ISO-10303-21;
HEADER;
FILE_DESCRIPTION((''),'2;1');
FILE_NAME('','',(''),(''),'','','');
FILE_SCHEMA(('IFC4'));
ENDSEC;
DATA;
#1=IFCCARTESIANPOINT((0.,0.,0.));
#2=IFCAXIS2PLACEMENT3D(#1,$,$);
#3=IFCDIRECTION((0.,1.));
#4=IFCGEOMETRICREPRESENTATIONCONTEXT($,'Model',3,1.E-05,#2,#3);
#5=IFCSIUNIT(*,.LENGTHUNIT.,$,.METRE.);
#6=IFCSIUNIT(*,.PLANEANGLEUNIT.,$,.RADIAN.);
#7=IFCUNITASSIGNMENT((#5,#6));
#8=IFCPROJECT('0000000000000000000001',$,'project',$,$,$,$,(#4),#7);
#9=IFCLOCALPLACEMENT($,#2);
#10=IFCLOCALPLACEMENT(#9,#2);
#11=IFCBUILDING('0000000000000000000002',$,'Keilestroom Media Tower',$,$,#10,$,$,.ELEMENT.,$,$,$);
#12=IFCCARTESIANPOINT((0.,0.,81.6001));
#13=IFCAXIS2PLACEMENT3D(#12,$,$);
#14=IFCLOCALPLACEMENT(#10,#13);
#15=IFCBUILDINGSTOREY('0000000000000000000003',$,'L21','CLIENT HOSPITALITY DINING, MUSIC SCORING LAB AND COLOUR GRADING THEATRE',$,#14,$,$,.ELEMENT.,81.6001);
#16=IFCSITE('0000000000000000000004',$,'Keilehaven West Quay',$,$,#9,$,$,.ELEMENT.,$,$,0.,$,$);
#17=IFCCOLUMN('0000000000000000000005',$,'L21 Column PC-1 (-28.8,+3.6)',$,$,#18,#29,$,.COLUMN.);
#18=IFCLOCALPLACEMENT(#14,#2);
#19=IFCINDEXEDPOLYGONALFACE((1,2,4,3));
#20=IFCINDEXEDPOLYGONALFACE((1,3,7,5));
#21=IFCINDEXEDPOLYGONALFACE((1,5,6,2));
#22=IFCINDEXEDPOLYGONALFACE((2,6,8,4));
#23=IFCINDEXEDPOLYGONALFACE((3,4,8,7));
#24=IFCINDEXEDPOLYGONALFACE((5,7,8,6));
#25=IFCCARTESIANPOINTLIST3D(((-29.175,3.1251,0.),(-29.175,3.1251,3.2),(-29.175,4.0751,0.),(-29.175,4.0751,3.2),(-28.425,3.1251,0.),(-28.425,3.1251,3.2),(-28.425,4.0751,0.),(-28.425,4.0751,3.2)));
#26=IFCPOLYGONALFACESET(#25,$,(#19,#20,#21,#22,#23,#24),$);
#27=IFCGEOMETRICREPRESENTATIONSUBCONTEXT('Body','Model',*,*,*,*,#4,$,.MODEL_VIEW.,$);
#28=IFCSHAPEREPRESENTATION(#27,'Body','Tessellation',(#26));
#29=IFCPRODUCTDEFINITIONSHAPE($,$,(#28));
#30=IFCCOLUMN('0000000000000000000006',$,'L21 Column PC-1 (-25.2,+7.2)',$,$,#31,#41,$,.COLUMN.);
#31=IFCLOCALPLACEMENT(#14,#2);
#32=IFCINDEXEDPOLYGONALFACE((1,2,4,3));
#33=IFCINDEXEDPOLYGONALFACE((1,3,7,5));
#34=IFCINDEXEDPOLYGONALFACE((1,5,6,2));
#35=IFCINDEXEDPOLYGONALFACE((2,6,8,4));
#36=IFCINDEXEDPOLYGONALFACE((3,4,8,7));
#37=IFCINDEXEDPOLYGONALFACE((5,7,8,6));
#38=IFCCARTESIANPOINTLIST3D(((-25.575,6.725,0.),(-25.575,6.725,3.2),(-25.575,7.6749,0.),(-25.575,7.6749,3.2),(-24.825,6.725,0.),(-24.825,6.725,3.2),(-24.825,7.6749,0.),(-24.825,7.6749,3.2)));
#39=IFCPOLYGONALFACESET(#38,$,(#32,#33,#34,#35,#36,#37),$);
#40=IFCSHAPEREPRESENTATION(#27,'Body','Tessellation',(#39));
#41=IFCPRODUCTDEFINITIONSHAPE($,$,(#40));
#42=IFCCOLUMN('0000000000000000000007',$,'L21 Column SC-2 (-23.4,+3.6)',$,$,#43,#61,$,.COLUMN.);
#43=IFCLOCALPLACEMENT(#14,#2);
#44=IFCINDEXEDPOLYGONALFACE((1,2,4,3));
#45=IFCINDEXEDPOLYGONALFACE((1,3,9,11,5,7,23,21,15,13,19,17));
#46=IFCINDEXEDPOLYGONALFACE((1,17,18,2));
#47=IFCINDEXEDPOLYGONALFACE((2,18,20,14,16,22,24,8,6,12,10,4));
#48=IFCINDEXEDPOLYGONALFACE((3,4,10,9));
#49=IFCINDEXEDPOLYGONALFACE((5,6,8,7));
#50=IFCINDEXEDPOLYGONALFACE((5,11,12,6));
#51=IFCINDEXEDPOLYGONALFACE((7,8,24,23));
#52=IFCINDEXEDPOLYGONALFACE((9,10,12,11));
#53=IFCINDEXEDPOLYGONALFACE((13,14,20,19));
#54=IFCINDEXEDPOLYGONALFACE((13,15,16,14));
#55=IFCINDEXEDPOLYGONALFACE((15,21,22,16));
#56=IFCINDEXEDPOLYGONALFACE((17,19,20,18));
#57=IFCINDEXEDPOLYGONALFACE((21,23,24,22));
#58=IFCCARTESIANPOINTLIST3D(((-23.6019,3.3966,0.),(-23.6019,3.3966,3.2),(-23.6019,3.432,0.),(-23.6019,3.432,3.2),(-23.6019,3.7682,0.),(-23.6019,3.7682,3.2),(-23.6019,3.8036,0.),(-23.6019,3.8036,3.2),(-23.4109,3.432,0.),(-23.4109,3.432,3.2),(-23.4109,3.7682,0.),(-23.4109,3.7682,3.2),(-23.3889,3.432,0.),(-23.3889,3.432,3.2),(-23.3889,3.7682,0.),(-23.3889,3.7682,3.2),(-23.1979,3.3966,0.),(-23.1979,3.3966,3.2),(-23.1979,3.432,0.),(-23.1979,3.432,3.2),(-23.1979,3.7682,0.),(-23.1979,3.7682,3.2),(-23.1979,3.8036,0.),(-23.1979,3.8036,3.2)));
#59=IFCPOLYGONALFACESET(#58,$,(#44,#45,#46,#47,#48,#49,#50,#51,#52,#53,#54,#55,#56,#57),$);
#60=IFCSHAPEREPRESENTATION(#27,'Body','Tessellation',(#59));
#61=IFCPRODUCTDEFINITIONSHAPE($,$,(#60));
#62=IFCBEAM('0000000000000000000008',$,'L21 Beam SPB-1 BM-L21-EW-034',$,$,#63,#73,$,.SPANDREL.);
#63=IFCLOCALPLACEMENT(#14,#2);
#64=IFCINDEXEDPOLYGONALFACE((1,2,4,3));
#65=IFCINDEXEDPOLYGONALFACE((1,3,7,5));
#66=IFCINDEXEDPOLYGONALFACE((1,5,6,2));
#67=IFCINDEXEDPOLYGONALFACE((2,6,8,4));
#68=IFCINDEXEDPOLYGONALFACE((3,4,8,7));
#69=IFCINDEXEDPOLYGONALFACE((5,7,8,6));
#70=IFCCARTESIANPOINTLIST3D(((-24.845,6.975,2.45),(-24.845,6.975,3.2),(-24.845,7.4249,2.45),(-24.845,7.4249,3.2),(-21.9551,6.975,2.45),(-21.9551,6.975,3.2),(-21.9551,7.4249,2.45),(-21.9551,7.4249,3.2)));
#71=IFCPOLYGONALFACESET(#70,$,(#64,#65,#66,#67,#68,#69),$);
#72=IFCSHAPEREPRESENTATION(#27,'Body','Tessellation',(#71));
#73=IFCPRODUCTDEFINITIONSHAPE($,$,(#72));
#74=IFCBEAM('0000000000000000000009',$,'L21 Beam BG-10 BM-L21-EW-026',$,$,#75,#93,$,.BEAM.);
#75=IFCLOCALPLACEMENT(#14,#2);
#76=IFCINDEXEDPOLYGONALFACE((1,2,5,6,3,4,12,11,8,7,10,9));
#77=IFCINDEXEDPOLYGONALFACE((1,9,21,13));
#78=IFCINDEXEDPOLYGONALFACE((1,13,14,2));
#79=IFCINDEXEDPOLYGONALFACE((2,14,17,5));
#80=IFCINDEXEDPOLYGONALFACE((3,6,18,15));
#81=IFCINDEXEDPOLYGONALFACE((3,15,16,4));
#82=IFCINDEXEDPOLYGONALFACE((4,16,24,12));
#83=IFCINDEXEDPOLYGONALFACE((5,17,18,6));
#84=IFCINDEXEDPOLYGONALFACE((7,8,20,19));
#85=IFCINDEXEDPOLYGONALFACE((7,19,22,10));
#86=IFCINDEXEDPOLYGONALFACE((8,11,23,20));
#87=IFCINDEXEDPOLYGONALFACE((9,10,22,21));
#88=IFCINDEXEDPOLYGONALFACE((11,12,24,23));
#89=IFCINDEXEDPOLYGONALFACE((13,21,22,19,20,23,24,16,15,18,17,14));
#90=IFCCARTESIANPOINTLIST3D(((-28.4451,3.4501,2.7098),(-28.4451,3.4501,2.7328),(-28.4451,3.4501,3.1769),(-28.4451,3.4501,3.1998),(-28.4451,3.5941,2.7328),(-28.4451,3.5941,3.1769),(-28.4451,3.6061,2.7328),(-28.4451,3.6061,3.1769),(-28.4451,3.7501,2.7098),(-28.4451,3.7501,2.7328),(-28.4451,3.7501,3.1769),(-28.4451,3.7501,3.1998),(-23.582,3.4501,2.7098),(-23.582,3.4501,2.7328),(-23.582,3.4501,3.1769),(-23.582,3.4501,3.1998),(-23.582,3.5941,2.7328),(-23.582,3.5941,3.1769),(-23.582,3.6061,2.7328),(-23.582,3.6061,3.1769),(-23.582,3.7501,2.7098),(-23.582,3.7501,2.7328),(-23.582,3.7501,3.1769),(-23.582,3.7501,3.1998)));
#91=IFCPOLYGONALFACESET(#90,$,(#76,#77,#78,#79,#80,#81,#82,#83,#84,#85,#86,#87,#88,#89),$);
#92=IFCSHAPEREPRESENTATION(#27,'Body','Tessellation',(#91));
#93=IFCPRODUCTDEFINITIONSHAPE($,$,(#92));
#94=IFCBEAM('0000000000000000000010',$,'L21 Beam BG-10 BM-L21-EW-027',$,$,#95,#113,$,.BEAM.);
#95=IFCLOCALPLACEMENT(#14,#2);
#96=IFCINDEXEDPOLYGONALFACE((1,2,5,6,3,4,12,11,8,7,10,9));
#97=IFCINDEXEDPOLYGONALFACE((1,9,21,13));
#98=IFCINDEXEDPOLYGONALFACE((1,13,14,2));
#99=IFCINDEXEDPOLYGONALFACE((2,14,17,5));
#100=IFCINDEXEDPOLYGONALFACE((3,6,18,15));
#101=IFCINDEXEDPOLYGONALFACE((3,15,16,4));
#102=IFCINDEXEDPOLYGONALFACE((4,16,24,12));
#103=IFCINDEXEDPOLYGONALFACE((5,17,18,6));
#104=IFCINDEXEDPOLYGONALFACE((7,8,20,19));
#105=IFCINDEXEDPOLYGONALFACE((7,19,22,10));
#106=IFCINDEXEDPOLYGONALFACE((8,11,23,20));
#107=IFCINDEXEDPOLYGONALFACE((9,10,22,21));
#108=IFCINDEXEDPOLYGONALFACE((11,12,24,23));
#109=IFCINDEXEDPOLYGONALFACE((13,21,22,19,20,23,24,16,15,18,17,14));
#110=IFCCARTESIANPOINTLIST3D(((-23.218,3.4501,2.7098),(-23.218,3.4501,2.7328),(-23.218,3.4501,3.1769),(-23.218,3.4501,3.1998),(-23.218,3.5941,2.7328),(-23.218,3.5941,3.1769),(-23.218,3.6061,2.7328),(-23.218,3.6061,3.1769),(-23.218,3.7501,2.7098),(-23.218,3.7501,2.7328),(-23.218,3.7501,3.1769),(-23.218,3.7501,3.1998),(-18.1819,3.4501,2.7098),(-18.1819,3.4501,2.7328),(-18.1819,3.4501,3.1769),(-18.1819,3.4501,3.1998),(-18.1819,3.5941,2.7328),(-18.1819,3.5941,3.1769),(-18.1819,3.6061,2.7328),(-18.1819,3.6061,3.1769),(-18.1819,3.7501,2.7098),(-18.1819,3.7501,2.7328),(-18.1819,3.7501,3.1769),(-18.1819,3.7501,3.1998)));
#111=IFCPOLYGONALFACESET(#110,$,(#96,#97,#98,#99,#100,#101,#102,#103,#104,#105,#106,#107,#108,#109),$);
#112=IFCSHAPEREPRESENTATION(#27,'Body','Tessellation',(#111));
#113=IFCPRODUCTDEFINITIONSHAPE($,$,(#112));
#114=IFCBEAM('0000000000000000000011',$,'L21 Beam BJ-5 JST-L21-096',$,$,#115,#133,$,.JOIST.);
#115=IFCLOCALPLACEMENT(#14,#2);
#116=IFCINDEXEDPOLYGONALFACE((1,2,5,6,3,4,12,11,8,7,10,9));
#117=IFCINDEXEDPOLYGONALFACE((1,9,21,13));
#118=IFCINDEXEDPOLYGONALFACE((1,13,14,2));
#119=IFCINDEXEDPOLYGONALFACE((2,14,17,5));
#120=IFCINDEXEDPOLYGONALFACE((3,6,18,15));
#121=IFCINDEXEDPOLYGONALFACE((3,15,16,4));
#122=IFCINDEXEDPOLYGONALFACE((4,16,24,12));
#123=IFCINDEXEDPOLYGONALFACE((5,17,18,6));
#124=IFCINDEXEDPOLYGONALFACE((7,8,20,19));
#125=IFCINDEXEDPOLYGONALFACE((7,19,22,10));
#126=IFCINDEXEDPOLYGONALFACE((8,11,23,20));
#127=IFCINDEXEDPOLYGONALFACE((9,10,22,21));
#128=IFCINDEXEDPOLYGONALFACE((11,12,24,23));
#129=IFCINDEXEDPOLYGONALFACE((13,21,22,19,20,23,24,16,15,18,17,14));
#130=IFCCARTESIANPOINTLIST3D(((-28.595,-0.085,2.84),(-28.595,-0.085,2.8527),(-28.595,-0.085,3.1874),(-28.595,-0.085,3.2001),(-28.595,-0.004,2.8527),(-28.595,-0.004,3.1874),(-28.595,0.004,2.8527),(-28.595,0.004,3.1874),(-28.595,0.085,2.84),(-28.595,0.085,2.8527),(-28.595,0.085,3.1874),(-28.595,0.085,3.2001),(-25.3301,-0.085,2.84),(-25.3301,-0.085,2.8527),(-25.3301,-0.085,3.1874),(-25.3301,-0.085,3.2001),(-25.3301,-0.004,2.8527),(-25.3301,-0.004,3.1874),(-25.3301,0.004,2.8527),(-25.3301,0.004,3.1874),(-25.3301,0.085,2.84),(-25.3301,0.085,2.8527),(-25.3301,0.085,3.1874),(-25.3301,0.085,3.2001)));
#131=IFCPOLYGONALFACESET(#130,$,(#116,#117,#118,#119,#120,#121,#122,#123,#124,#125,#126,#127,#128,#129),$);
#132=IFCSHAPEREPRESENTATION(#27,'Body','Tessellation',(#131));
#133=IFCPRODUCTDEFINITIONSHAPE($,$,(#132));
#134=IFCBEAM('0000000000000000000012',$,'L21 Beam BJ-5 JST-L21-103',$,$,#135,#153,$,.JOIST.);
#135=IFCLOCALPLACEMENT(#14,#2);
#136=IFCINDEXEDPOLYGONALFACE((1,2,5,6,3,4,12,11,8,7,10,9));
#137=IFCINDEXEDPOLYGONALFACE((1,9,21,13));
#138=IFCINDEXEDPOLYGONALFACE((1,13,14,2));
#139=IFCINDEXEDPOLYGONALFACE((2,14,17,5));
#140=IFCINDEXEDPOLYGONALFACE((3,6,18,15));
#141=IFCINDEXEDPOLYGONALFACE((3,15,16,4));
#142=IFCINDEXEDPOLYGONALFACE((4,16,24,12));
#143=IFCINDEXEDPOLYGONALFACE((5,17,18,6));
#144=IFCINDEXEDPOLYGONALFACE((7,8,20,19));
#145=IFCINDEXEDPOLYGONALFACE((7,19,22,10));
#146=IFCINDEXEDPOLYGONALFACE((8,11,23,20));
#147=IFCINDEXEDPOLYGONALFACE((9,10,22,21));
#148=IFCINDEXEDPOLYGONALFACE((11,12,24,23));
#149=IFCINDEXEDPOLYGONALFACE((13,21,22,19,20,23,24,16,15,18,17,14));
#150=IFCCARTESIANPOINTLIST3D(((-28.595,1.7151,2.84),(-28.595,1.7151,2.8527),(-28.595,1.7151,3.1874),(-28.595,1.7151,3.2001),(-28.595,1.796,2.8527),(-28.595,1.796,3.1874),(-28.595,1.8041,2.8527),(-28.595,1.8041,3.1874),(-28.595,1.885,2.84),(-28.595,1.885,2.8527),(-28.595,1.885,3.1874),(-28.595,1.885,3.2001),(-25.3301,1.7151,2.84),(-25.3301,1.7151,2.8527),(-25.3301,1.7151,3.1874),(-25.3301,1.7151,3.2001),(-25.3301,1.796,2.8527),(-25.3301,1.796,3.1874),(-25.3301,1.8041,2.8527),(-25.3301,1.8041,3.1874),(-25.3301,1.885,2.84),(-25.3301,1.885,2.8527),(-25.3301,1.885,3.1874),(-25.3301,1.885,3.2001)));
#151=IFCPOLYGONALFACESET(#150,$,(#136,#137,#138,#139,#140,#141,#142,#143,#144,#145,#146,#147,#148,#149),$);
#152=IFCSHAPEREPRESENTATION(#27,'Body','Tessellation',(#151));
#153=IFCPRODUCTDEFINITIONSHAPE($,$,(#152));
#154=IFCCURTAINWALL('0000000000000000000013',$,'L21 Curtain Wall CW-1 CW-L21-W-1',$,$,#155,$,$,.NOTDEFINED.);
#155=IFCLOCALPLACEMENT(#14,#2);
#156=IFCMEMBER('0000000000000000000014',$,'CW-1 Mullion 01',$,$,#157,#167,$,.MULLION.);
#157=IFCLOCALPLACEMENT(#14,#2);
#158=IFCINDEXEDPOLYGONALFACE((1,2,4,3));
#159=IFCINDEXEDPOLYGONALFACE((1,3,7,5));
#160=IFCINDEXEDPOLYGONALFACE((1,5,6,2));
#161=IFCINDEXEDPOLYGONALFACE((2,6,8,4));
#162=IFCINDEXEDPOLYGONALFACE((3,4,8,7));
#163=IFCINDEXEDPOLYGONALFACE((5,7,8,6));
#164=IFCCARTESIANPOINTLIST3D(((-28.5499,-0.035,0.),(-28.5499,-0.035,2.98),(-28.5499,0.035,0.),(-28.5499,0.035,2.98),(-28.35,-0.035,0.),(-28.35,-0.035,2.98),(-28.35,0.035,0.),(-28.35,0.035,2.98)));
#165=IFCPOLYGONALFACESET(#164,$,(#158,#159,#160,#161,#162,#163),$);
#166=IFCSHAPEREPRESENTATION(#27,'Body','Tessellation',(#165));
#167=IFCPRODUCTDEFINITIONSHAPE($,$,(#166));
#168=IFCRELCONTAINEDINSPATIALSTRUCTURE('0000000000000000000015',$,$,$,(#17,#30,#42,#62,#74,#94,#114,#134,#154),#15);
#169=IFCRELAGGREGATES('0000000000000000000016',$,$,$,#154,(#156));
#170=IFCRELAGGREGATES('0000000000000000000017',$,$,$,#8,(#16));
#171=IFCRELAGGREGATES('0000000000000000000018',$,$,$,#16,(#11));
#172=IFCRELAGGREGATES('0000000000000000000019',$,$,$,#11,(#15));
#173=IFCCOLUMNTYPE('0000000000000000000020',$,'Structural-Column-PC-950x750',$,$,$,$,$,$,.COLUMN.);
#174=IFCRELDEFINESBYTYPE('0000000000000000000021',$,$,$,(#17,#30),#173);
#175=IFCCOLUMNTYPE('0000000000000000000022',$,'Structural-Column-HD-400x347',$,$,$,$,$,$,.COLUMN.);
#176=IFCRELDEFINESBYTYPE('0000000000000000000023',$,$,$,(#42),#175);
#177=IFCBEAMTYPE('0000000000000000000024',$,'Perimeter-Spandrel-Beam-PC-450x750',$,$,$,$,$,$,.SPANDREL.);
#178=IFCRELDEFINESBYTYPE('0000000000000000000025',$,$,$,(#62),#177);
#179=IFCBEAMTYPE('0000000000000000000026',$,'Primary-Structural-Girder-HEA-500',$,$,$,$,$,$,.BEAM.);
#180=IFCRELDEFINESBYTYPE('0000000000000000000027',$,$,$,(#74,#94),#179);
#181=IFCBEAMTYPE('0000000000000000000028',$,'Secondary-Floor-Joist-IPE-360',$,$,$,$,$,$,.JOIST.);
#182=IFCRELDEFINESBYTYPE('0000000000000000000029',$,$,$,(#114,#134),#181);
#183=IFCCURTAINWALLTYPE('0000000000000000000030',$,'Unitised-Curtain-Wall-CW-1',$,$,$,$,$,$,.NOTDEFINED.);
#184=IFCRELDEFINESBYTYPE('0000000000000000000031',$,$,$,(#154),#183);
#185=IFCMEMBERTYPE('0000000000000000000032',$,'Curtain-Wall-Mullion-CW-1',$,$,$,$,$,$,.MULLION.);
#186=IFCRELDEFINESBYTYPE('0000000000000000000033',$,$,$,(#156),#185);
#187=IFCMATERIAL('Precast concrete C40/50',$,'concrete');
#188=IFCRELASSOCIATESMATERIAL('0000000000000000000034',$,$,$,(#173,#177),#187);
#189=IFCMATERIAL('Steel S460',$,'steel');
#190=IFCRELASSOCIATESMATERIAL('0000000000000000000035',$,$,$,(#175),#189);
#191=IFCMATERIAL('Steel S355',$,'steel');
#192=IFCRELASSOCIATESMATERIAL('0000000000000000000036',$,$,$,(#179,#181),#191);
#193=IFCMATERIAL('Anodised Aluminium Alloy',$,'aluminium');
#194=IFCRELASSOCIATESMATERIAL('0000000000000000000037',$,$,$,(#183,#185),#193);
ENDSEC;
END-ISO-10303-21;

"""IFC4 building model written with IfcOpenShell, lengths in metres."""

from ifc_helpers import new_model, si_unit, direction, frame, origin, origin_2d, place, context, subcontext, project, spatial, rectangle, i_section, extrude, source, transform, mapped, material, material_profile, profile_set, type_object, element, aggregate, save


model = new_model("IFC4")

# Units and contexts
model_context = context("Model", 3, precision=1e-05, world=origin(), true_north=direction((0.0, 1.0)))
body_context = subcontext(model_context, "Body", "Model", "MODEL_VIEW")
ifc_project = project(units=[si_unit("LENGTHUNIT", "METRE"), si_unit("PLANEANGLEUNIT", "RADIAN")], contexts=[model_context])

# Site, building, storey
site_placement = place(None, origin())
site = spatial("IfcSite", under=ifc_project, at=site_placement, Name="Keilehaven West Quay", CompositionType="ELEMENT", RefElevation=0.0)
building_placement = place(site_placement, origin())
building = spatial("IfcBuilding", under=site, at=building_placement, Name="Keilestroom Media Tower", CompositionType="ELEMENT")
storey_placement = place(building_placement, frame((0.0, 0.0, 81.6001)))
storey = spatial("IfcBuildingStorey", under=building, at=storey_placement, Name="L21", Description="CLIENT HOSPITALITY DINING, MUSIC SCORING LAB AND COLOUR GRADING THEATRE", CompositionType="ELEMENT", Elevation=81.6001)

# Columns
ifc_material_1 = material(Name="Precast concrete C40/50", Category="concrete")
ifc_material_profile_1 = material_profile(ifc_material_1, rectangle(XDim=0.75, YDim=0.95, at=origin_2d()), Name="PC 950x750")
ifc_profile_set_1 = profile_set([ifc_material_profile_1], Name="Precast concrete C40/50")
column_type_1 = type_object("IfcColumnType", Name="Structural-Column-PC-950x750", PredefinedType="COLUMN", material=ifc_profile_set_1)
shared_shape_1 = source(origin(), body_context, "Body", "SweptSolid", [
    extrude(rectangle(XDim=0.75, YDim=0.95, at=origin_2d()), origin(), (0.0, 0.0, 1.0), 3.2),
])
for number, where, z_axis, x_axis, name in (
    (1, (-28.8, 3.6001, 0.0), (0.0, 0.0, 1.0), (1.0, 0.0, 0.0), "L21 Column PC-1 (-28.8,+3.6)"),
    (2, (-25.2, 7.2, 0.0), (0.0, 0.0, 1.0), (1.0, 0.0, 0.0), "L21 Column PC-1 (-25.2,+7.2)"),
):
    element("IfcColumn", number, at=place(storey_placement, frame(where, z_axis=z_axis, x_axis=x_axis)), inside=storey, type_object=column_type_1, Name=name, PredefinedType="COLUMN", context=body_context, shape_type="MappedRepresentation", body=[
        mapped(shared_shape_1, transform((0.0, 0.0, 0.0), x_axis=(1.0, 0.0, 0.0), y_axis=(0.0, 1.0, 0.0), z_axis=(0.0, 0.0, 1.0), scale=1.0)),
    ])
ifc_material_2 = material(Name="Steel S460", Category="steel")
ifc_material_profile_2 = material_profile(ifc_material_2, i_section(OverallWidth=0.4041, OverallDepth=0.407, WebThickness=0.022, FlangeThickness=0.0354, at=origin_2d()), Name="HD 400x347")
ifc_profile_set_2 = profile_set([ifc_material_profile_2], Name="Steel S460")
column_type_2 = type_object("IfcColumnType", Name="Structural-Column-HD-400x347", PredefinedType="COLUMN", material=ifc_profile_set_2)
shared_shape_2 = source(origin(), body_context, "Body", "SweptSolid", [
    extrude(i_section(OverallWidth=0.4041, OverallDepth=0.407, WebThickness=0.022, FlangeThickness=0.0354, at=origin_2d()), origin(), (0.0, 0.0, 1.0), 3.2),
])
column_placement = place(storey_placement, frame((-23.3999, 3.6001, 0.0), z_axis=(0.0, 0.0, 1.0), x_axis=(1.0, 0.0, 0.0)))
element("IfcColumn", 3, at=column_placement, inside=storey, type_object=column_type_2, Name="L21 Column SC-2 (-23.4,+3.6)", PredefinedType="COLUMN", context=body_context, shape_type="MappedRepresentation", body=[
    mapped(shared_shape_2, transform((0.0, 0.0, 0.0), x_axis=(1.0, 0.0, 0.0), y_axis=(0.0, 1.0, 0.0), z_axis=(0.0, 0.0, 1.0), scale=1.0)),
])

# Beams
ifc_material_profile_3 = material_profile(ifc_material_1, rectangle(XDim=0.45, YDim=0.75, at=origin_2d()), Name="PC 450x750")
ifc_profile_set_3 = profile_set([ifc_material_profile_3], Name="Precast concrete C40/50")
beam_type_1 = type_object("IfcBeamType", Name="Perimeter-Spandrel-Beam-PC-450x750", PredefinedType="SPANDREL", material=ifc_profile_set_3)
shared_shape_3 = source(origin(), body_context, "Body", "SweptSolid", [
    extrude(rectangle(XDim=0.45, YDim=0.75, at=origin_2d()), origin(), (0.0, 0.0, 1.0), 2.8899),
])
beam_1_placement = place(storey_placement, frame((-24.845, 7.2, 2.825), z_axis=(1.0, 0.0, 0.0), x_axis=(0.0, 1.0, 0.0)))
element("IfcBeam", 4, at=beam_1_placement, inside=storey, type_object=beam_type_1, Name="L21 Beam SPB-1 BM-L21-EW-034", PredefinedType="SPANDREL", context=body_context, shape_type="MappedRepresentation", body=[
    mapped(shared_shape_3, transform((0.0, 0.0, 0.0), x_axis=(1.0, 0.0, 0.0), y_axis=(0.0, 1.0, 0.0), z_axis=(0.0, 0.0, 1.0), scale=1.0)),
])
ifc_material_3 = material(Name="Steel S355", Category="steel")
ifc_material_profile_4 = material_profile(ifc_material_3, i_section(OverallWidth=0.3, OverallDepth=0.49, WebThickness=0.012, FlangeThickness=0.0229, at=origin_2d()), Name="HEA 500")
ifc_profile_set_4 = profile_set([ifc_material_profile_4], Name="Steel S355")
beam_type_2 = type_object("IfcBeamType", Name="Primary-Structural-Girder-HEA-500", PredefinedType="BEAM", material=ifc_profile_set_4)
shared_shape_4 = source(origin(), body_context, "Body", "SweptSolid", [
    extrude(i_section(OverallWidth=0.3, OverallDepth=0.49, WebThickness=0.012, FlangeThickness=0.0229, at=origin_2d()), origin(), (0.0, 0.0, 1.0), 4.863),
])
beam_2_placement = place(storey_placement, frame((-28.4451, 3.6001, 2.9548), z_axis=(1.0, 0.0, 0.0), x_axis=(0.0, 1.0, 0.0)))
element("IfcBeam", 5, at=beam_2_placement, inside=storey, type_object=beam_type_2, Name="L21 Beam BG-10 BM-L21-EW-026", PredefinedType="BEAM", context=body_context, shape_type="MappedRepresentation", body=[
    mapped(shared_shape_4, transform((0.0, 0.0, 0.0), x_axis=(1.0, 0.0, 0.0), y_axis=(0.0, 1.0, 0.0), z_axis=(0.0, 0.0, 1.0), scale=1.0)),
])
shared_shape_5 = source(origin(), body_context, "Body", "SweptSolid", [
    extrude(i_section(OverallWidth=0.3, OverallDepth=0.49, WebThickness=0.012, FlangeThickness=0.0229, at=origin_2d()), origin(), (0.0, 0.0, 1.0), 5.0361),
])
beam_3_placement = place(storey_placement, frame((-23.218, 3.6001, 2.9548), z_axis=(1.0, 0.0, 0.0), x_axis=(0.0, 1.0, 0.0)))
element("IfcBeam", 6, at=beam_3_placement, inside=storey, type_object=beam_type_2, Name="L21 Beam BG-10 BM-L21-EW-027", PredefinedType="BEAM", context=body_context, shape_type="MappedRepresentation", body=[
    mapped(shared_shape_5, transform((0.0, 0.0, 0.0), x_axis=(1.0, 0.0, 0.0), y_axis=(0.0, 1.0, 0.0), z_axis=(0.0, 0.0, 1.0), scale=1.0)),
])
ifc_material_profile_5 = material_profile(ifc_material_3, i_section(OverallWidth=0.1699, OverallDepth=0.3601, WebThickness=0.0081, FlangeThickness=0.0127, at=origin_2d()), Name="IPE 360")
ifc_profile_set_5 = profile_set([ifc_material_profile_5], Name="Steel S355")
beam_type_3 = type_object("IfcBeamType", Name="Secondary-Floor-Joist-IPE-360", PredefinedType="JOIST", material=ifc_profile_set_5)
shared_shape_6 = source(origin(), body_context, "Body", "SweptSolid", [
    extrude(i_section(OverallWidth=0.1699, OverallDepth=0.3601, WebThickness=0.0081, FlangeThickness=0.0127, at=origin_2d()), origin(), (0.0, 0.0, 1.0), 3.2649),
])
for number, where, z_axis, x_axis, name in (
    (7, (-28.595, 0.0, 3.02), (1.0, 0.0, 0.0), (0.0, 1.0, 0.0), "L21 Beam BJ-5 JST-L21-096"),
    (8, (-28.595, 1.8, 3.02), (1.0, 0.0, 0.0), (0.0, 1.0, 0.0), "L21 Beam BJ-5 JST-L21-103"),
):
    element("IfcBeam", number, at=place(storey_placement, frame(where, z_axis=z_axis, x_axis=x_axis)), inside=storey, type_object=beam_type_3, Name=name, PredefinedType="JOIST", context=body_context, shape_type="MappedRepresentation", body=[
        mapped(shared_shape_6, transform((0.0, 0.0, 0.0), x_axis=(1.0, 0.0, 0.0), y_axis=(0.0, 1.0, 0.0), z_axis=(0.0, 0.0, 1.0), scale=1.0)),
    ])

# Curtain wall, member
ifc_material_4 = material(Name="Anodised Aluminium Alloy", Category="aluminium")
curtain_wall_type = type_object("IfcCurtainWallType", Name="Unitised-Curtain-Wall-CW-1", PredefinedType="NOTDEFINED", material=ifc_material_4)
curtain_wall_1_placement = place(storey_placement, origin())
curtain_wall_1 = element("IfcCurtainWall", 9, at=curtain_wall_1_placement, inside=storey, type_object=curtain_wall_type, Name="L21 Curtain Wall CW-1 CW-L21-W-1", PredefinedType="NOTDEFINED")
ifc_material_profile_6 = material_profile(ifc_material_4, rectangle(XDim=0.0701, YDim=0.2, at=origin_2d()), Name="ALU MULLION 70x200")
ifc_profile_set_6 = profile_set([ifc_material_profile_6], Name="Anodised Aluminium Alloy")
member_type_1 = type_object("IfcMemberType", Name="Curtain-Wall-Mullion-CW-1", PredefinedType="MULLION", material=ifc_profile_set_6)
shared_shape_7 = source(origin(), body_context, "Body", "SweptSolid", [
    extrude(rectangle(XDim=0.0701, YDim=0.2, at=origin_2d()), origin(), (0.0, 0.0, 1.0), 2.98),
])
member_1_placement = place(storey_placement, frame((-28.45, 0.0, 0.0), z_axis=(0.0, 0.0, 1.0), x_axis=(0.0, 1.0, 0.0)))
member_1 = element("IfcMember", 10, at=member_1_placement, type_object=member_type_1, Name="CW-1 Mullion 01", PredefinedType="MULLION", context=body_context, shape_type="MappedRepresentation", body=[
    mapped(shared_shape_7, transform((0.0, 0.0, 0.0), x_axis=(1.0, 0.0, 0.0), y_axis=(0.0, 1.0, 0.0), z_axis=(0.0, 0.0, 1.0), scale=1.0)),
])

aggregate(curtain_wall_1, [member_1])

save(model, "model.ifc")
